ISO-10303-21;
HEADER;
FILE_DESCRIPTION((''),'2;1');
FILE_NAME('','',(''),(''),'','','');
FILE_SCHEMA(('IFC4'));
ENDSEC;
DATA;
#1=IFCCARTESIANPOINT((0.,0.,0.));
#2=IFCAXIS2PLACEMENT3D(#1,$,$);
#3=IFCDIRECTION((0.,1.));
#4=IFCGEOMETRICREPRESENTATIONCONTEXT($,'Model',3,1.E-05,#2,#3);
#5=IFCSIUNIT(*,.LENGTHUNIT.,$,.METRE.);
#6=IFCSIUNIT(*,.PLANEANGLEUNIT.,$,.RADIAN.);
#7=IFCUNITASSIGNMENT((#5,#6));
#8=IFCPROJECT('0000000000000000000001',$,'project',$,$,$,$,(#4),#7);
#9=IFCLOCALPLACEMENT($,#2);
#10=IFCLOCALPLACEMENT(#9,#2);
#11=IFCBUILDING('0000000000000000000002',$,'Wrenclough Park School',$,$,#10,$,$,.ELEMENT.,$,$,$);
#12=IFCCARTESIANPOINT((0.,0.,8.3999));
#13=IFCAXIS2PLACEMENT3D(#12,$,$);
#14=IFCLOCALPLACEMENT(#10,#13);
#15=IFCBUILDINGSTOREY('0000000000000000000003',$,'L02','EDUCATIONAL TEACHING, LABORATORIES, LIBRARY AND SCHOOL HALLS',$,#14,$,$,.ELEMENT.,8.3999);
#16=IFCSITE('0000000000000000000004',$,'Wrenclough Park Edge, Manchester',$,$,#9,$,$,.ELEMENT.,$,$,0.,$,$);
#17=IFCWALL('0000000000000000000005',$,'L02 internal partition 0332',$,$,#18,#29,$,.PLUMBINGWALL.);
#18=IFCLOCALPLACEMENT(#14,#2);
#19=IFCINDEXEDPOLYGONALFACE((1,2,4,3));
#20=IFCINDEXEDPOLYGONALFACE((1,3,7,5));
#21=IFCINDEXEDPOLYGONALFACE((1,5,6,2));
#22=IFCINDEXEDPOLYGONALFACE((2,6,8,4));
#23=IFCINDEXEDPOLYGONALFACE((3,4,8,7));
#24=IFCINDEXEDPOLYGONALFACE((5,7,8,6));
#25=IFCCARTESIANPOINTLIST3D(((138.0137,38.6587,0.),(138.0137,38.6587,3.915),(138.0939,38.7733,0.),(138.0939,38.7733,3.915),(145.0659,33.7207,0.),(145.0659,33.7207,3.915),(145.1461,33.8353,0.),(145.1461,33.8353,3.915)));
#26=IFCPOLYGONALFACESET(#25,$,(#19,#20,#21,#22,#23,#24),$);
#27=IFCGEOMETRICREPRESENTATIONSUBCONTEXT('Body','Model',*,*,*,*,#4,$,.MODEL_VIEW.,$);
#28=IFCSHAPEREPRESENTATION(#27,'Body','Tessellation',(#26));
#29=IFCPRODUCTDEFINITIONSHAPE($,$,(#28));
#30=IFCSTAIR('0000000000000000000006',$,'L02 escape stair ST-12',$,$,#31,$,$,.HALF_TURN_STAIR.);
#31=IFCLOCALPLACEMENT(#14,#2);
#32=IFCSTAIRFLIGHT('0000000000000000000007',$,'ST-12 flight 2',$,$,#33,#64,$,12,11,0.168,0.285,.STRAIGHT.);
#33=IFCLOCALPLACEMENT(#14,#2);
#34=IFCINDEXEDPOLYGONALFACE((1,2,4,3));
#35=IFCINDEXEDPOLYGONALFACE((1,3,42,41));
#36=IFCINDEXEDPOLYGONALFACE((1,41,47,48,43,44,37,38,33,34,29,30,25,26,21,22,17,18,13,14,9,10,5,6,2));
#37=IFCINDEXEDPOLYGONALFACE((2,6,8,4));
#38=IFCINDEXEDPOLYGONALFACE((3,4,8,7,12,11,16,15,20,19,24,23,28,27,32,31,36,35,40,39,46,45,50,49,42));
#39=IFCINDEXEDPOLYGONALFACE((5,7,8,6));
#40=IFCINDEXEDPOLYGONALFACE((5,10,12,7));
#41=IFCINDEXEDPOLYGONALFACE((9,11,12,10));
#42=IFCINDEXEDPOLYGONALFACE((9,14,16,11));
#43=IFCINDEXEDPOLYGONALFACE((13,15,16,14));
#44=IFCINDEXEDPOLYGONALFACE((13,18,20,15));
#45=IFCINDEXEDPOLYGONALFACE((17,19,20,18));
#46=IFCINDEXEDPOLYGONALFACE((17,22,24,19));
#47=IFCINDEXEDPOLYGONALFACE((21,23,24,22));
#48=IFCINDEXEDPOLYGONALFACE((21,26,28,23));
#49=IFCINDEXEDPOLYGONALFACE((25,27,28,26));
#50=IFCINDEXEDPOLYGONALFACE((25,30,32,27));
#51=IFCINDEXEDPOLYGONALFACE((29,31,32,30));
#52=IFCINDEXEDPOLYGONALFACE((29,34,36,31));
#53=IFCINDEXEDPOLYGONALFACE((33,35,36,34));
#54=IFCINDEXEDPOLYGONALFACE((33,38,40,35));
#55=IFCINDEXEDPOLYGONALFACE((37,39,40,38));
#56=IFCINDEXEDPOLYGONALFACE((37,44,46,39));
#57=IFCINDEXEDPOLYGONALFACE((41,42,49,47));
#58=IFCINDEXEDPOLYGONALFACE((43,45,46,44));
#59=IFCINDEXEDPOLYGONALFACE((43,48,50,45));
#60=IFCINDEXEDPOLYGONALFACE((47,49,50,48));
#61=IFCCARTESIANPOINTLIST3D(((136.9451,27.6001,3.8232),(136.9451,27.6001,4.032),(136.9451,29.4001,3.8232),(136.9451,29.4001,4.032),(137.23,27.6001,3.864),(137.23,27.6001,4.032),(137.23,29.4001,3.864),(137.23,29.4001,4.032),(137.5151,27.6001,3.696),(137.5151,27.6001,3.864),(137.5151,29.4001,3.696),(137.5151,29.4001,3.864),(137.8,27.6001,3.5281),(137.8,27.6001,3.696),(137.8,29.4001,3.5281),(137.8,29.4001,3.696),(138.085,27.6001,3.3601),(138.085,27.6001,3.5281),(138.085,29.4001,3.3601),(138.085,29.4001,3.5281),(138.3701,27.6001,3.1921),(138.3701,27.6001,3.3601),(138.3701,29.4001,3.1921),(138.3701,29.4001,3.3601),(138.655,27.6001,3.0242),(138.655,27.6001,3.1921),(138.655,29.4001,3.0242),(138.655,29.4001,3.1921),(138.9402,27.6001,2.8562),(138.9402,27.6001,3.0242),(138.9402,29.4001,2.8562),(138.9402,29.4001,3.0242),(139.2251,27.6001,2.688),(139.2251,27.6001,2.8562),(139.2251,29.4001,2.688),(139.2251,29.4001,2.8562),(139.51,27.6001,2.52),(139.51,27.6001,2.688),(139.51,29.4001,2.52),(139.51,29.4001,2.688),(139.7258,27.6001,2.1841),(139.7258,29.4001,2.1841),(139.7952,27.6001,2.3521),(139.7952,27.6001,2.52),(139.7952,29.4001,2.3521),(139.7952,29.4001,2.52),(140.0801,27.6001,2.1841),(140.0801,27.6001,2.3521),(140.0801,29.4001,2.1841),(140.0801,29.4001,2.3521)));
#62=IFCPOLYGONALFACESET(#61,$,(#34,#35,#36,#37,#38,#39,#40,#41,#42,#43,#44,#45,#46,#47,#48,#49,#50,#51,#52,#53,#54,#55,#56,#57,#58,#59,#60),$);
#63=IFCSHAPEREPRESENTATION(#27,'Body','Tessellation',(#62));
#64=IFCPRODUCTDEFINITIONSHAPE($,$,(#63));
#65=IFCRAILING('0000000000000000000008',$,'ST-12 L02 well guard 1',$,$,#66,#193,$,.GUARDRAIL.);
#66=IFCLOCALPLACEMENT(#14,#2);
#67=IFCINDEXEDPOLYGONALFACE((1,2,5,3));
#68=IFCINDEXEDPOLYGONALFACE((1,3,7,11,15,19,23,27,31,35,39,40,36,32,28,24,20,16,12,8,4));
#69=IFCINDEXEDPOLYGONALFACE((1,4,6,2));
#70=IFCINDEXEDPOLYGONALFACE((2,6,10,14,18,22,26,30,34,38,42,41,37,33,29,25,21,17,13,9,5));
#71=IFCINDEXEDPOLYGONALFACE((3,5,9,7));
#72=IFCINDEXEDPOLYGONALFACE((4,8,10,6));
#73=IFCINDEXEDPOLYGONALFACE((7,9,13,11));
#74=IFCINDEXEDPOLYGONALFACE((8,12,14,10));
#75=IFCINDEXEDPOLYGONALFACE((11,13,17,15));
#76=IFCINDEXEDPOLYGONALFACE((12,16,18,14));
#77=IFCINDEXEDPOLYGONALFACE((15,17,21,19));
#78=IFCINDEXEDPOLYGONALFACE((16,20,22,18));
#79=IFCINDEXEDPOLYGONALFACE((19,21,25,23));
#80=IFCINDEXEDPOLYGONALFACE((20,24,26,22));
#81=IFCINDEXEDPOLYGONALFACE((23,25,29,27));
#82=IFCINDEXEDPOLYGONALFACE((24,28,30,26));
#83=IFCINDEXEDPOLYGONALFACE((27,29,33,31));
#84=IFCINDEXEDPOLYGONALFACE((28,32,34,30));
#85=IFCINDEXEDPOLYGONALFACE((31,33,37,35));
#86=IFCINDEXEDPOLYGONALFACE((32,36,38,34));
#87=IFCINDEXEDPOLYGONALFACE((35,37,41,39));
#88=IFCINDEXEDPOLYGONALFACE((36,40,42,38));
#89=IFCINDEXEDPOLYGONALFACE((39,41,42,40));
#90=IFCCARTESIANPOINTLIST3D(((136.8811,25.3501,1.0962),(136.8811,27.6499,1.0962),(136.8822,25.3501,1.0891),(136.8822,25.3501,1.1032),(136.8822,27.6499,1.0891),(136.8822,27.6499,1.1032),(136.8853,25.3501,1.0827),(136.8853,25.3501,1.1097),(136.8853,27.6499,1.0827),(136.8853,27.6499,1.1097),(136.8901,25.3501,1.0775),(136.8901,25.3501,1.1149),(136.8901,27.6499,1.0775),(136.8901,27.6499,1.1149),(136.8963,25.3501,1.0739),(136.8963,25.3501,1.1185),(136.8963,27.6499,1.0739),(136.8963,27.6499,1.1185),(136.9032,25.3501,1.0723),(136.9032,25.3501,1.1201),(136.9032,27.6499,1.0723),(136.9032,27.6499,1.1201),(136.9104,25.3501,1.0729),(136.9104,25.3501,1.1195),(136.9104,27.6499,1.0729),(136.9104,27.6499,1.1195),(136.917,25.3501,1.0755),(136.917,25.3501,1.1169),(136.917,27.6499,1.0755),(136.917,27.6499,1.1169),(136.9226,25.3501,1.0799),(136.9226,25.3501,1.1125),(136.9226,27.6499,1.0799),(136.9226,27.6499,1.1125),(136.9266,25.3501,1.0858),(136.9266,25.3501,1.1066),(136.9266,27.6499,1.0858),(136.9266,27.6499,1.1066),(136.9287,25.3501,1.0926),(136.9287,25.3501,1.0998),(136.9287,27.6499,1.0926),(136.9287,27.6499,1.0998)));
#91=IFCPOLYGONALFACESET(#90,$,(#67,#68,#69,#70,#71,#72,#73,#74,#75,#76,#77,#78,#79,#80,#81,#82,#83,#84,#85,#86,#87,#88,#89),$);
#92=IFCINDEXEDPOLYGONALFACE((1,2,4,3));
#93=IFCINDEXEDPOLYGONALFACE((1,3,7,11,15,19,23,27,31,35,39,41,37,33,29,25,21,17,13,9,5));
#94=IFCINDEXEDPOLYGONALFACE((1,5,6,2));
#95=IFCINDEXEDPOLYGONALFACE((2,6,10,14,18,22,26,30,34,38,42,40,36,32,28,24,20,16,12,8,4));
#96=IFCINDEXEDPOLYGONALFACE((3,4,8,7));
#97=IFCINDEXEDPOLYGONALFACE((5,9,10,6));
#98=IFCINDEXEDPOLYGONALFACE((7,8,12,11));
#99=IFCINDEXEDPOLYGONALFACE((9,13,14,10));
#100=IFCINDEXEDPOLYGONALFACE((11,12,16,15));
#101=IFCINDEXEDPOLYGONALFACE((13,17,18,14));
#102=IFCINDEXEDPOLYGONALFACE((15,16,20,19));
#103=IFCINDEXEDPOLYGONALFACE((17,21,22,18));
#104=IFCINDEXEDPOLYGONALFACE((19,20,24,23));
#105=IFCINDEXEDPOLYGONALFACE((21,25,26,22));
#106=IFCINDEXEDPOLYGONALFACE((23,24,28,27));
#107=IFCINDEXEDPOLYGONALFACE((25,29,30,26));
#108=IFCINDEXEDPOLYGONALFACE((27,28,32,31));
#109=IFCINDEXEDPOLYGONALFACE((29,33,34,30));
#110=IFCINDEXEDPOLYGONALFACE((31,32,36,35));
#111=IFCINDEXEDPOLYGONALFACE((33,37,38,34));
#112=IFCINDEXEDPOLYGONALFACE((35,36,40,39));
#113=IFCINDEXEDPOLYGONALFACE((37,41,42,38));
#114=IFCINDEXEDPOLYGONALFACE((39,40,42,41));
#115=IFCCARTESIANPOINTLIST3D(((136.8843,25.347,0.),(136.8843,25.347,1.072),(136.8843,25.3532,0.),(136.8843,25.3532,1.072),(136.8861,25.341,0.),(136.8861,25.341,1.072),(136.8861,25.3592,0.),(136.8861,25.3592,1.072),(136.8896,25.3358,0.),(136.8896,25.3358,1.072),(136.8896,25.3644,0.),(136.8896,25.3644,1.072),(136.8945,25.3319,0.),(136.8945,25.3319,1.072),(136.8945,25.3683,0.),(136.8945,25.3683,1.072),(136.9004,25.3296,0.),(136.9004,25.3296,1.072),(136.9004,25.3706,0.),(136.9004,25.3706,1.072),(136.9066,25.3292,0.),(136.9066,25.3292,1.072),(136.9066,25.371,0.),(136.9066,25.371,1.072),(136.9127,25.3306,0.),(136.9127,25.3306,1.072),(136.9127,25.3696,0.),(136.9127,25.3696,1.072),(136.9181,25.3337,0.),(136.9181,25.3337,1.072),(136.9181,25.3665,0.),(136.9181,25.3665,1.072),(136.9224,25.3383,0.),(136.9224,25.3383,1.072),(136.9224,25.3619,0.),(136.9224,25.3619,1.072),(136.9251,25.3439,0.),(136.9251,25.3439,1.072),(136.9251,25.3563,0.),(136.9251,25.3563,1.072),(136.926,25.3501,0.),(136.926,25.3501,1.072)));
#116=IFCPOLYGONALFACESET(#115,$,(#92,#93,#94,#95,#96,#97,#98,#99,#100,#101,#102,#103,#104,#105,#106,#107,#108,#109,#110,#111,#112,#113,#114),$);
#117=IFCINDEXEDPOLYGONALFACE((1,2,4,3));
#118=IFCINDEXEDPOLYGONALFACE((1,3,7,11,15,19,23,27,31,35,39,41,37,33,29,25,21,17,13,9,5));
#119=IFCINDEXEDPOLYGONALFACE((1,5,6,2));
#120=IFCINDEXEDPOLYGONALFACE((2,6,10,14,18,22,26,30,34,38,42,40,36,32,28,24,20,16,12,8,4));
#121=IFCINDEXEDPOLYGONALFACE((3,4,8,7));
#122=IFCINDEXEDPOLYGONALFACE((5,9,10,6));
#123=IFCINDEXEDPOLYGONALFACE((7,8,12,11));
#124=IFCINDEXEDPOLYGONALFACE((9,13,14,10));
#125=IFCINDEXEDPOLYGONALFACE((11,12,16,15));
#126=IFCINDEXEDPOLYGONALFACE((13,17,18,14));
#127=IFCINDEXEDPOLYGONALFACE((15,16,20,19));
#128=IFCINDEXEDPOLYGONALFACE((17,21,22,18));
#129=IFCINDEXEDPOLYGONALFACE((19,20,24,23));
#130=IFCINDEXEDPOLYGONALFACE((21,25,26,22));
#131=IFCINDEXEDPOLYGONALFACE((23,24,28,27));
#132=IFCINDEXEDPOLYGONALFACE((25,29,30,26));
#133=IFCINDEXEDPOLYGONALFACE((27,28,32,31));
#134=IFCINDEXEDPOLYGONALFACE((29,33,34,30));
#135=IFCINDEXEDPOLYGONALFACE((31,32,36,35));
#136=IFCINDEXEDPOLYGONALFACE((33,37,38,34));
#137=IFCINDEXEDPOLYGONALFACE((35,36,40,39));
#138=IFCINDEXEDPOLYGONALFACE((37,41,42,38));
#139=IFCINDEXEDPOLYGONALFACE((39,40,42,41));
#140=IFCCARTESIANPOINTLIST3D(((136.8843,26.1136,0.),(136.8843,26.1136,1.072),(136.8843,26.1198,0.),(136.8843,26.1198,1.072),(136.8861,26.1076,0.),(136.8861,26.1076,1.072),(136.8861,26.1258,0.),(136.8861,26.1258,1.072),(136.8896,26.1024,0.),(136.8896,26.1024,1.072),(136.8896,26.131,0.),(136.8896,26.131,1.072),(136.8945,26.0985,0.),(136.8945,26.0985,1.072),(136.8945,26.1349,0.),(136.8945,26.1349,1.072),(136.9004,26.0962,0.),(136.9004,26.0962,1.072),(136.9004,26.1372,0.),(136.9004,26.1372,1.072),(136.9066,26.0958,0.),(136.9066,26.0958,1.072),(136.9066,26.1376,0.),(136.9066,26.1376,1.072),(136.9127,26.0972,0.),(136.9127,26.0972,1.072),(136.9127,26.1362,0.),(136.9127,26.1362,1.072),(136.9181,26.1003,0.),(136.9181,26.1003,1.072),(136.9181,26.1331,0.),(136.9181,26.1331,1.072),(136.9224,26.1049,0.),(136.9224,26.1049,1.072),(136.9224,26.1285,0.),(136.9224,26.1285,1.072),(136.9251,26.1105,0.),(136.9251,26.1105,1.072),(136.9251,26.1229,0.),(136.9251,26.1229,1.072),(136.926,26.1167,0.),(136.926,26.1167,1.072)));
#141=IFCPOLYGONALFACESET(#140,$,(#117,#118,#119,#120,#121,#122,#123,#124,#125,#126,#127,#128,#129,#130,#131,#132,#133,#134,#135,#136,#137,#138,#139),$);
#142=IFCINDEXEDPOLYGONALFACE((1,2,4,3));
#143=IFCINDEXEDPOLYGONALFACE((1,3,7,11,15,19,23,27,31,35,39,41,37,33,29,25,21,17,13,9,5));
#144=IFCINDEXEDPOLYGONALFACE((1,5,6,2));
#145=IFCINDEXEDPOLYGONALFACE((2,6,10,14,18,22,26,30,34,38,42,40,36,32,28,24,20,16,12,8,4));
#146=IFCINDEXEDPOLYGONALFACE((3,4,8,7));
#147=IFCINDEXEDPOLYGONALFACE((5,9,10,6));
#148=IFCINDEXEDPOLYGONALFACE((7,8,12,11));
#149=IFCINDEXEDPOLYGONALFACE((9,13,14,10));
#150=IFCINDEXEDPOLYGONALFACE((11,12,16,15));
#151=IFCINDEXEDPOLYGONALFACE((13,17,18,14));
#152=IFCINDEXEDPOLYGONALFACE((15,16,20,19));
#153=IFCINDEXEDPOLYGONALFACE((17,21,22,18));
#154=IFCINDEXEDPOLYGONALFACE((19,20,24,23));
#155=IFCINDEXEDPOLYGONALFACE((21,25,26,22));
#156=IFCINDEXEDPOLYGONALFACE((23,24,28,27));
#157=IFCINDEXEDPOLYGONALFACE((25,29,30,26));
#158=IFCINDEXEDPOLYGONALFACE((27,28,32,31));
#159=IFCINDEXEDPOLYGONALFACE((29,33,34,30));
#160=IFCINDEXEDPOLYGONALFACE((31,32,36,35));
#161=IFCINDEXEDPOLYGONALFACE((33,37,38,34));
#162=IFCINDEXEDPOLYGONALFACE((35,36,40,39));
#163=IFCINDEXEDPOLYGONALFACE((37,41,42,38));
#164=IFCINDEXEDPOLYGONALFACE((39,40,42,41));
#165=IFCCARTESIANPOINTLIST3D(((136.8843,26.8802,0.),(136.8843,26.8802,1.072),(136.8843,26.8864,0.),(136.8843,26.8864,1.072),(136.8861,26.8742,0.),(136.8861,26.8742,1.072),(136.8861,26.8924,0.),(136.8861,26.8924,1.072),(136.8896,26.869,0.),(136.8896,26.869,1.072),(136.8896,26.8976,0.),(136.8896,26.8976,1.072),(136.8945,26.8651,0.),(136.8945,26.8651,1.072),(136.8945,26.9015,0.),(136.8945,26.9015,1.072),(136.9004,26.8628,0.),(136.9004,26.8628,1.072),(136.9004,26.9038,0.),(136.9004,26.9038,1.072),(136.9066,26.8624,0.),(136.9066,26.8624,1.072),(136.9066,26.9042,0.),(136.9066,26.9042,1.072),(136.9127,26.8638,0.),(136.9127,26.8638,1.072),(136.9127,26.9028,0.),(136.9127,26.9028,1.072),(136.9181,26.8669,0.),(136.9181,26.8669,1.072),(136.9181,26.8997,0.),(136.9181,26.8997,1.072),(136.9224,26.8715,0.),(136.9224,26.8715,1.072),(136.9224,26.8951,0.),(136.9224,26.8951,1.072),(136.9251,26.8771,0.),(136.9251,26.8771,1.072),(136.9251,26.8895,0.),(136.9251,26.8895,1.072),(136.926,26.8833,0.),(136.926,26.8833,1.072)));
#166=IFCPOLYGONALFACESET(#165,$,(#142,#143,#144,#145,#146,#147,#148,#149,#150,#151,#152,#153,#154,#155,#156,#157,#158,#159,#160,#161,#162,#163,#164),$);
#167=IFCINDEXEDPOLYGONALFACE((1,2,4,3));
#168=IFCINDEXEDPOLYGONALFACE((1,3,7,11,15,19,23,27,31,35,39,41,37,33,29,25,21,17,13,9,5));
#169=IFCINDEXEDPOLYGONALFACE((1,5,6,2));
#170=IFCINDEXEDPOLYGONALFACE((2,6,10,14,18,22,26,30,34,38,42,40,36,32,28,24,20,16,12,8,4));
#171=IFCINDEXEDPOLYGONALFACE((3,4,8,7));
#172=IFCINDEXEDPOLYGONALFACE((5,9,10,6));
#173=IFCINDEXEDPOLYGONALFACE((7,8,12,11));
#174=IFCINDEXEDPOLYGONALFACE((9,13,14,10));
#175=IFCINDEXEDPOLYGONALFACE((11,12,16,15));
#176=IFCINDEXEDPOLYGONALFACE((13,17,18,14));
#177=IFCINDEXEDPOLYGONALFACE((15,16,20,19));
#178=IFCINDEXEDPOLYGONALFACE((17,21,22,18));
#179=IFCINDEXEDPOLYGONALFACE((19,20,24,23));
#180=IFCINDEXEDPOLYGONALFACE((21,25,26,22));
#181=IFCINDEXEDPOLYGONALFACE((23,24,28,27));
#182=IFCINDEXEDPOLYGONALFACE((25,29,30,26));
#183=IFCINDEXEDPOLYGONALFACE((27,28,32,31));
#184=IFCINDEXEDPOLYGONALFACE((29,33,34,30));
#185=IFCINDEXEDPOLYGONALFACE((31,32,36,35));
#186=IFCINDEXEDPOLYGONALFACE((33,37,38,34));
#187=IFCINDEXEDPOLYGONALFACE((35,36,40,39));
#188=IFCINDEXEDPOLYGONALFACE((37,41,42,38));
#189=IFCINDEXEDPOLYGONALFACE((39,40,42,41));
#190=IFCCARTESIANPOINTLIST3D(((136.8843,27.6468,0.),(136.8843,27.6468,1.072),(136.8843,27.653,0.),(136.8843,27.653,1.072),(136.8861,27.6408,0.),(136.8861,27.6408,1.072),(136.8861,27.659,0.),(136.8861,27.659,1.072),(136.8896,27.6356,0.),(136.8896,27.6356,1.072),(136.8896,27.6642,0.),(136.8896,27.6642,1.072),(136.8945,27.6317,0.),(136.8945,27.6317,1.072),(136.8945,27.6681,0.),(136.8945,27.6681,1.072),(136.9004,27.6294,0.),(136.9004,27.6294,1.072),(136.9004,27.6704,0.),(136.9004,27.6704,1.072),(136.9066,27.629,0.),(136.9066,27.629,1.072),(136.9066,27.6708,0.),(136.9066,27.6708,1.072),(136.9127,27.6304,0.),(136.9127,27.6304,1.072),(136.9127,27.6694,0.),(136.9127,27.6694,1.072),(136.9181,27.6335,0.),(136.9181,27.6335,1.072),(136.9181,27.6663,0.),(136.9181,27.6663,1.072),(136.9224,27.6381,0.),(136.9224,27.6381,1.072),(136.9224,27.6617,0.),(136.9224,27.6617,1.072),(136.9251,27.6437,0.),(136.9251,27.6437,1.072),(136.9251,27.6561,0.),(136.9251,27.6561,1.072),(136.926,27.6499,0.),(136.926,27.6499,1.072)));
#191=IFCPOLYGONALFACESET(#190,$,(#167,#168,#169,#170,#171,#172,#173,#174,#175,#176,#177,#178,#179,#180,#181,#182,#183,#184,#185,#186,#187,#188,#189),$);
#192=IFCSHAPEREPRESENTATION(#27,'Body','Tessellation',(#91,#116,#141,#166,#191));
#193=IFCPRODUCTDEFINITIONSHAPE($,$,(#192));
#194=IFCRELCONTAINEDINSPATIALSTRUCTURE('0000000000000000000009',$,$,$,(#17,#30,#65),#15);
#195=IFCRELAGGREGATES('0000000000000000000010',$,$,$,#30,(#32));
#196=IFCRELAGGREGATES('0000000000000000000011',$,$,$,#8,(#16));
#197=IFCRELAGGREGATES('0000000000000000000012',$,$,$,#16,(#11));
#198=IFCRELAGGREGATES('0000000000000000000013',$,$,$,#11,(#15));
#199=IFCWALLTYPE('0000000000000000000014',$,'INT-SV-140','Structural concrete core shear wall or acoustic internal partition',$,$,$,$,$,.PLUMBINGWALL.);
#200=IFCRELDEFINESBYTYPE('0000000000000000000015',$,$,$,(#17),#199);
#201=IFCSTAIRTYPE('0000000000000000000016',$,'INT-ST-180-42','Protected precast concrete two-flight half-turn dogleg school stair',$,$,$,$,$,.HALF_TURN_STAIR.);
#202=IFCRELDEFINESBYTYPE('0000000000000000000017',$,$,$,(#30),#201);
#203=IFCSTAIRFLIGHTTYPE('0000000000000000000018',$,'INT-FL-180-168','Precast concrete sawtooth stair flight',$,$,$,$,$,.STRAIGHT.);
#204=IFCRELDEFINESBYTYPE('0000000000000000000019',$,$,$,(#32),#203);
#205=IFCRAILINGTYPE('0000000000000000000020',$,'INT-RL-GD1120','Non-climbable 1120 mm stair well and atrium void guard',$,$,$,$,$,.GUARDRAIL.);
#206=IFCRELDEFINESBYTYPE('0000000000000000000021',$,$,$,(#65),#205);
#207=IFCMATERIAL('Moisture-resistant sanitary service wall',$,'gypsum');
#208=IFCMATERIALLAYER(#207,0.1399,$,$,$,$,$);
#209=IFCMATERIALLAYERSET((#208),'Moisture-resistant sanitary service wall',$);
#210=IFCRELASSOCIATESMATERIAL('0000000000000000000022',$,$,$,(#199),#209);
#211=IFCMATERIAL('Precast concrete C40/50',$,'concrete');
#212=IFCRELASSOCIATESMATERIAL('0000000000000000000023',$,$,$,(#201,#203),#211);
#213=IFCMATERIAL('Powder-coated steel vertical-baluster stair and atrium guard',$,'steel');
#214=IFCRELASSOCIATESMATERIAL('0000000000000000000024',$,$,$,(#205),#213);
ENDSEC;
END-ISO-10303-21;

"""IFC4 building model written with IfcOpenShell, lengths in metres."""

from ifc_helpers import new_model, si_unit, direction, frame, frame_2d, origin, origin_2d, place, context, subcontext, project, spatial, polyline, rectangle, circle, outline, extrude, material, layer, layer_set, type_object, element, aggregate, save


model = new_model("IFC4")

# Units and contexts
model_context = context("Model", 3, precision=1e-05, world=origin(), true_north=direction((0.0, 1.0)))
body_context = subcontext(model_context, "Body", "Model", "MODEL_VIEW")
ifc_project = project(units=[si_unit("LENGTHUNIT", "METRE"), si_unit("PLANEANGLEUNIT", "RADIAN")], contexts=[model_context])

# Site, building, storey
site_placement = place(None, origin())
site = spatial("IfcSite", under=ifc_project, at=site_placement, Name="Wrenclough Park Edge, Manchester", CompositionType="ELEMENT", RefElevation=0.0)
building_placement = place(site_placement, origin())
building = spatial("IfcBuilding", under=site, at=building_placement, Name="Wrenclough Park School", CompositionType="ELEMENT")
storey_placement = place(building_placement, frame((0.0, 0.0, 8.3999)))
storey = spatial("IfcBuildingStorey", under=building, at=storey_placement, Name="L02", Description="EDUCATIONAL TEACHING, LABORATORIES, LIBRARY AND SCHOOL HALLS", CompositionType="ELEMENT", Elevation=8.3999)

# Wall
ifc_material_1 = material(Name="Moisture-resistant sanitary service wall", Category="gypsum")
ifc_layer_1 = layer(ifc_material_1, 0.1399)
ifc_layer_set_1 = layer_set([ifc_layer_1], Name="Moisture-resistant sanitary service wall")
wall_type_1 = type_object("IfcWallType", Name="INT-SV-140", Description="Structural concrete core shear wall or acoustic internal partition", PredefinedType="PLUMBINGWALL", material=ifc_layer_set_1)
wall_1_placement = place(storey_placement, frame((138.0537, 38.7161, 0.0), z_axis=(0.0, 0.0, 1.0), x_axis=(0.819155, -0.573573, 0.0)))
element("IfcWall", 1, at=wall_1_placement, inside=storey, type_object=wall_type_1, Name="L02 internal partition 0332", PredefinedType="PLUMBINGWALL", context=body_context, shape_type="SweptSolid", body=[
    extrude(rectangle(XDim=8.6091, YDim=0.1399, at=frame_2d((4.3047, 0.0))), origin(), (0.0, 0.0, 1.0), 3.915),
])

# Stair, stair flight
ifc_material_2 = material(Name="Precast concrete C40/50", Category="concrete")
stair_type = type_object("IfcStairType", Name="INT-ST-180-42", Description="Protected precast concrete two-flight half-turn dogleg school stair", PredefinedType="HALF_TURN_STAIR", material=ifc_material_2)
stair_placement = place(storey_placement, origin())
stair = element("IfcStair", 2, at=stair_placement, inside=storey, type_object=stair_type, Name="L02 escape stair ST-12", PredefinedType="HALF_TURN_STAIR")
stair_flight_type = type_object("IfcStairFlightType", Name="INT-FL-180-168", Description="Precast concrete sawtooth stair flight", PredefinedType="STRAIGHT", material=ifc_material_2)
stair_flight_placement = place(storey_placement, frame((140.0801, 28.5, 2.1841), z_axis=(0.0, 0.0, 1.0), x_axis=(-1.0, 0.0, 0.0)))
stair_flight = element("IfcStairFlight", 3, at=stair_flight_placement, type_object=stair_flight_type, Name="ST-12 flight 2", NumberOfRisers=12, NumberOfTreads=11, PredefinedType="STRAIGHT", RiserHeight=0.168, TreadLength=0.285, context=body_context, shape_type="SweptSolid", body=[
    extrude(outline(polyline([(0.0, 0.0), (0.0, 0.168), (0.2849, 0.168), (0.2849, 0.3359), (0.5701, 0.3359), (0.5701, 0.5039), (0.855, 0.5039), (0.855, 0.6721), (1.1399, 0.6721), (1.1399, 0.8401), (1.425, 0.8401), (1.425, 1.0081), (1.71, 1.0081), (1.71, 1.176), (1.9951, 1.176), (1.9951, 1.344), (2.28, 1.344), (2.28, 1.512), (2.5649, 1.512), (2.5649, 1.6799), (2.8501, 1.6799), (2.8501, 1.8479), (3.135, 1.8479), (3.135, 2.0161), (3.135, 1.6392), (0.3542, 0.0), (0.0, 0.0)])), frame((0.0, 0.8999, 0.0), z_axis=(0.0, -1.0, 0.0), x_axis=(1.0, 0.0, 0.0)), (0.0, 0.0, 1.0), 1.8),
])
aggregate(stair, [stair_flight])

# Railing
ifc_material_3 = material(Name="Powder-coated steel vertical-baluster stair and atrium guard", Category="steel")
railing_type_1 = type_object("IfcRailingType", Name="INT-RL-GD1120", Description="Non-climbable 1120 mm stair well and atrium void guard", PredefinedType="GUARDRAIL", material=ifc_material_3)
railing_1_placement = place(storey_placement, frame((136.905, 25.3501, 0.0)))
element("IfcRailing", 4, at=railing_1_placement, inside=storey, type_object=railing_type_1, Name="ST-12 L02 well guard 1", PredefinedType="GUARDRAIL", context=body_context, shape_type="SweptSolid", body=[
    extrude(circle(Radius=0.0239, at=origin_2d()), frame((0.0, 0.0, 1.0962), z_axis=(0.0, 1.0, 0.0), x_axis=(-1.0, 0.0, 0.0)), (0.0, 0.0, 1.0), 2.2998),
    extrude(circle(Radius=0.021, at=origin_2d()), origin(), (0.0, 0.0, 1.0), 1.072),
    extrude(circle(Radius=0.021, at=origin_2d()), frame((0.0, 0.7666, 0.0)), (0.0, 0.0, 1.0), 1.072),
    extrude(circle(Radius=0.021, at=origin_2d()), frame((0.0, 1.5332, 0.0)), (0.0, 0.0, 1.0), 1.072),
    extrude(circle(Radius=0.021, at=origin_2d()), frame((0.0, 2.2998, 0.0)), (0.0, 0.0, 1.0), 1.072),
])

save(model, "model.ifc")
